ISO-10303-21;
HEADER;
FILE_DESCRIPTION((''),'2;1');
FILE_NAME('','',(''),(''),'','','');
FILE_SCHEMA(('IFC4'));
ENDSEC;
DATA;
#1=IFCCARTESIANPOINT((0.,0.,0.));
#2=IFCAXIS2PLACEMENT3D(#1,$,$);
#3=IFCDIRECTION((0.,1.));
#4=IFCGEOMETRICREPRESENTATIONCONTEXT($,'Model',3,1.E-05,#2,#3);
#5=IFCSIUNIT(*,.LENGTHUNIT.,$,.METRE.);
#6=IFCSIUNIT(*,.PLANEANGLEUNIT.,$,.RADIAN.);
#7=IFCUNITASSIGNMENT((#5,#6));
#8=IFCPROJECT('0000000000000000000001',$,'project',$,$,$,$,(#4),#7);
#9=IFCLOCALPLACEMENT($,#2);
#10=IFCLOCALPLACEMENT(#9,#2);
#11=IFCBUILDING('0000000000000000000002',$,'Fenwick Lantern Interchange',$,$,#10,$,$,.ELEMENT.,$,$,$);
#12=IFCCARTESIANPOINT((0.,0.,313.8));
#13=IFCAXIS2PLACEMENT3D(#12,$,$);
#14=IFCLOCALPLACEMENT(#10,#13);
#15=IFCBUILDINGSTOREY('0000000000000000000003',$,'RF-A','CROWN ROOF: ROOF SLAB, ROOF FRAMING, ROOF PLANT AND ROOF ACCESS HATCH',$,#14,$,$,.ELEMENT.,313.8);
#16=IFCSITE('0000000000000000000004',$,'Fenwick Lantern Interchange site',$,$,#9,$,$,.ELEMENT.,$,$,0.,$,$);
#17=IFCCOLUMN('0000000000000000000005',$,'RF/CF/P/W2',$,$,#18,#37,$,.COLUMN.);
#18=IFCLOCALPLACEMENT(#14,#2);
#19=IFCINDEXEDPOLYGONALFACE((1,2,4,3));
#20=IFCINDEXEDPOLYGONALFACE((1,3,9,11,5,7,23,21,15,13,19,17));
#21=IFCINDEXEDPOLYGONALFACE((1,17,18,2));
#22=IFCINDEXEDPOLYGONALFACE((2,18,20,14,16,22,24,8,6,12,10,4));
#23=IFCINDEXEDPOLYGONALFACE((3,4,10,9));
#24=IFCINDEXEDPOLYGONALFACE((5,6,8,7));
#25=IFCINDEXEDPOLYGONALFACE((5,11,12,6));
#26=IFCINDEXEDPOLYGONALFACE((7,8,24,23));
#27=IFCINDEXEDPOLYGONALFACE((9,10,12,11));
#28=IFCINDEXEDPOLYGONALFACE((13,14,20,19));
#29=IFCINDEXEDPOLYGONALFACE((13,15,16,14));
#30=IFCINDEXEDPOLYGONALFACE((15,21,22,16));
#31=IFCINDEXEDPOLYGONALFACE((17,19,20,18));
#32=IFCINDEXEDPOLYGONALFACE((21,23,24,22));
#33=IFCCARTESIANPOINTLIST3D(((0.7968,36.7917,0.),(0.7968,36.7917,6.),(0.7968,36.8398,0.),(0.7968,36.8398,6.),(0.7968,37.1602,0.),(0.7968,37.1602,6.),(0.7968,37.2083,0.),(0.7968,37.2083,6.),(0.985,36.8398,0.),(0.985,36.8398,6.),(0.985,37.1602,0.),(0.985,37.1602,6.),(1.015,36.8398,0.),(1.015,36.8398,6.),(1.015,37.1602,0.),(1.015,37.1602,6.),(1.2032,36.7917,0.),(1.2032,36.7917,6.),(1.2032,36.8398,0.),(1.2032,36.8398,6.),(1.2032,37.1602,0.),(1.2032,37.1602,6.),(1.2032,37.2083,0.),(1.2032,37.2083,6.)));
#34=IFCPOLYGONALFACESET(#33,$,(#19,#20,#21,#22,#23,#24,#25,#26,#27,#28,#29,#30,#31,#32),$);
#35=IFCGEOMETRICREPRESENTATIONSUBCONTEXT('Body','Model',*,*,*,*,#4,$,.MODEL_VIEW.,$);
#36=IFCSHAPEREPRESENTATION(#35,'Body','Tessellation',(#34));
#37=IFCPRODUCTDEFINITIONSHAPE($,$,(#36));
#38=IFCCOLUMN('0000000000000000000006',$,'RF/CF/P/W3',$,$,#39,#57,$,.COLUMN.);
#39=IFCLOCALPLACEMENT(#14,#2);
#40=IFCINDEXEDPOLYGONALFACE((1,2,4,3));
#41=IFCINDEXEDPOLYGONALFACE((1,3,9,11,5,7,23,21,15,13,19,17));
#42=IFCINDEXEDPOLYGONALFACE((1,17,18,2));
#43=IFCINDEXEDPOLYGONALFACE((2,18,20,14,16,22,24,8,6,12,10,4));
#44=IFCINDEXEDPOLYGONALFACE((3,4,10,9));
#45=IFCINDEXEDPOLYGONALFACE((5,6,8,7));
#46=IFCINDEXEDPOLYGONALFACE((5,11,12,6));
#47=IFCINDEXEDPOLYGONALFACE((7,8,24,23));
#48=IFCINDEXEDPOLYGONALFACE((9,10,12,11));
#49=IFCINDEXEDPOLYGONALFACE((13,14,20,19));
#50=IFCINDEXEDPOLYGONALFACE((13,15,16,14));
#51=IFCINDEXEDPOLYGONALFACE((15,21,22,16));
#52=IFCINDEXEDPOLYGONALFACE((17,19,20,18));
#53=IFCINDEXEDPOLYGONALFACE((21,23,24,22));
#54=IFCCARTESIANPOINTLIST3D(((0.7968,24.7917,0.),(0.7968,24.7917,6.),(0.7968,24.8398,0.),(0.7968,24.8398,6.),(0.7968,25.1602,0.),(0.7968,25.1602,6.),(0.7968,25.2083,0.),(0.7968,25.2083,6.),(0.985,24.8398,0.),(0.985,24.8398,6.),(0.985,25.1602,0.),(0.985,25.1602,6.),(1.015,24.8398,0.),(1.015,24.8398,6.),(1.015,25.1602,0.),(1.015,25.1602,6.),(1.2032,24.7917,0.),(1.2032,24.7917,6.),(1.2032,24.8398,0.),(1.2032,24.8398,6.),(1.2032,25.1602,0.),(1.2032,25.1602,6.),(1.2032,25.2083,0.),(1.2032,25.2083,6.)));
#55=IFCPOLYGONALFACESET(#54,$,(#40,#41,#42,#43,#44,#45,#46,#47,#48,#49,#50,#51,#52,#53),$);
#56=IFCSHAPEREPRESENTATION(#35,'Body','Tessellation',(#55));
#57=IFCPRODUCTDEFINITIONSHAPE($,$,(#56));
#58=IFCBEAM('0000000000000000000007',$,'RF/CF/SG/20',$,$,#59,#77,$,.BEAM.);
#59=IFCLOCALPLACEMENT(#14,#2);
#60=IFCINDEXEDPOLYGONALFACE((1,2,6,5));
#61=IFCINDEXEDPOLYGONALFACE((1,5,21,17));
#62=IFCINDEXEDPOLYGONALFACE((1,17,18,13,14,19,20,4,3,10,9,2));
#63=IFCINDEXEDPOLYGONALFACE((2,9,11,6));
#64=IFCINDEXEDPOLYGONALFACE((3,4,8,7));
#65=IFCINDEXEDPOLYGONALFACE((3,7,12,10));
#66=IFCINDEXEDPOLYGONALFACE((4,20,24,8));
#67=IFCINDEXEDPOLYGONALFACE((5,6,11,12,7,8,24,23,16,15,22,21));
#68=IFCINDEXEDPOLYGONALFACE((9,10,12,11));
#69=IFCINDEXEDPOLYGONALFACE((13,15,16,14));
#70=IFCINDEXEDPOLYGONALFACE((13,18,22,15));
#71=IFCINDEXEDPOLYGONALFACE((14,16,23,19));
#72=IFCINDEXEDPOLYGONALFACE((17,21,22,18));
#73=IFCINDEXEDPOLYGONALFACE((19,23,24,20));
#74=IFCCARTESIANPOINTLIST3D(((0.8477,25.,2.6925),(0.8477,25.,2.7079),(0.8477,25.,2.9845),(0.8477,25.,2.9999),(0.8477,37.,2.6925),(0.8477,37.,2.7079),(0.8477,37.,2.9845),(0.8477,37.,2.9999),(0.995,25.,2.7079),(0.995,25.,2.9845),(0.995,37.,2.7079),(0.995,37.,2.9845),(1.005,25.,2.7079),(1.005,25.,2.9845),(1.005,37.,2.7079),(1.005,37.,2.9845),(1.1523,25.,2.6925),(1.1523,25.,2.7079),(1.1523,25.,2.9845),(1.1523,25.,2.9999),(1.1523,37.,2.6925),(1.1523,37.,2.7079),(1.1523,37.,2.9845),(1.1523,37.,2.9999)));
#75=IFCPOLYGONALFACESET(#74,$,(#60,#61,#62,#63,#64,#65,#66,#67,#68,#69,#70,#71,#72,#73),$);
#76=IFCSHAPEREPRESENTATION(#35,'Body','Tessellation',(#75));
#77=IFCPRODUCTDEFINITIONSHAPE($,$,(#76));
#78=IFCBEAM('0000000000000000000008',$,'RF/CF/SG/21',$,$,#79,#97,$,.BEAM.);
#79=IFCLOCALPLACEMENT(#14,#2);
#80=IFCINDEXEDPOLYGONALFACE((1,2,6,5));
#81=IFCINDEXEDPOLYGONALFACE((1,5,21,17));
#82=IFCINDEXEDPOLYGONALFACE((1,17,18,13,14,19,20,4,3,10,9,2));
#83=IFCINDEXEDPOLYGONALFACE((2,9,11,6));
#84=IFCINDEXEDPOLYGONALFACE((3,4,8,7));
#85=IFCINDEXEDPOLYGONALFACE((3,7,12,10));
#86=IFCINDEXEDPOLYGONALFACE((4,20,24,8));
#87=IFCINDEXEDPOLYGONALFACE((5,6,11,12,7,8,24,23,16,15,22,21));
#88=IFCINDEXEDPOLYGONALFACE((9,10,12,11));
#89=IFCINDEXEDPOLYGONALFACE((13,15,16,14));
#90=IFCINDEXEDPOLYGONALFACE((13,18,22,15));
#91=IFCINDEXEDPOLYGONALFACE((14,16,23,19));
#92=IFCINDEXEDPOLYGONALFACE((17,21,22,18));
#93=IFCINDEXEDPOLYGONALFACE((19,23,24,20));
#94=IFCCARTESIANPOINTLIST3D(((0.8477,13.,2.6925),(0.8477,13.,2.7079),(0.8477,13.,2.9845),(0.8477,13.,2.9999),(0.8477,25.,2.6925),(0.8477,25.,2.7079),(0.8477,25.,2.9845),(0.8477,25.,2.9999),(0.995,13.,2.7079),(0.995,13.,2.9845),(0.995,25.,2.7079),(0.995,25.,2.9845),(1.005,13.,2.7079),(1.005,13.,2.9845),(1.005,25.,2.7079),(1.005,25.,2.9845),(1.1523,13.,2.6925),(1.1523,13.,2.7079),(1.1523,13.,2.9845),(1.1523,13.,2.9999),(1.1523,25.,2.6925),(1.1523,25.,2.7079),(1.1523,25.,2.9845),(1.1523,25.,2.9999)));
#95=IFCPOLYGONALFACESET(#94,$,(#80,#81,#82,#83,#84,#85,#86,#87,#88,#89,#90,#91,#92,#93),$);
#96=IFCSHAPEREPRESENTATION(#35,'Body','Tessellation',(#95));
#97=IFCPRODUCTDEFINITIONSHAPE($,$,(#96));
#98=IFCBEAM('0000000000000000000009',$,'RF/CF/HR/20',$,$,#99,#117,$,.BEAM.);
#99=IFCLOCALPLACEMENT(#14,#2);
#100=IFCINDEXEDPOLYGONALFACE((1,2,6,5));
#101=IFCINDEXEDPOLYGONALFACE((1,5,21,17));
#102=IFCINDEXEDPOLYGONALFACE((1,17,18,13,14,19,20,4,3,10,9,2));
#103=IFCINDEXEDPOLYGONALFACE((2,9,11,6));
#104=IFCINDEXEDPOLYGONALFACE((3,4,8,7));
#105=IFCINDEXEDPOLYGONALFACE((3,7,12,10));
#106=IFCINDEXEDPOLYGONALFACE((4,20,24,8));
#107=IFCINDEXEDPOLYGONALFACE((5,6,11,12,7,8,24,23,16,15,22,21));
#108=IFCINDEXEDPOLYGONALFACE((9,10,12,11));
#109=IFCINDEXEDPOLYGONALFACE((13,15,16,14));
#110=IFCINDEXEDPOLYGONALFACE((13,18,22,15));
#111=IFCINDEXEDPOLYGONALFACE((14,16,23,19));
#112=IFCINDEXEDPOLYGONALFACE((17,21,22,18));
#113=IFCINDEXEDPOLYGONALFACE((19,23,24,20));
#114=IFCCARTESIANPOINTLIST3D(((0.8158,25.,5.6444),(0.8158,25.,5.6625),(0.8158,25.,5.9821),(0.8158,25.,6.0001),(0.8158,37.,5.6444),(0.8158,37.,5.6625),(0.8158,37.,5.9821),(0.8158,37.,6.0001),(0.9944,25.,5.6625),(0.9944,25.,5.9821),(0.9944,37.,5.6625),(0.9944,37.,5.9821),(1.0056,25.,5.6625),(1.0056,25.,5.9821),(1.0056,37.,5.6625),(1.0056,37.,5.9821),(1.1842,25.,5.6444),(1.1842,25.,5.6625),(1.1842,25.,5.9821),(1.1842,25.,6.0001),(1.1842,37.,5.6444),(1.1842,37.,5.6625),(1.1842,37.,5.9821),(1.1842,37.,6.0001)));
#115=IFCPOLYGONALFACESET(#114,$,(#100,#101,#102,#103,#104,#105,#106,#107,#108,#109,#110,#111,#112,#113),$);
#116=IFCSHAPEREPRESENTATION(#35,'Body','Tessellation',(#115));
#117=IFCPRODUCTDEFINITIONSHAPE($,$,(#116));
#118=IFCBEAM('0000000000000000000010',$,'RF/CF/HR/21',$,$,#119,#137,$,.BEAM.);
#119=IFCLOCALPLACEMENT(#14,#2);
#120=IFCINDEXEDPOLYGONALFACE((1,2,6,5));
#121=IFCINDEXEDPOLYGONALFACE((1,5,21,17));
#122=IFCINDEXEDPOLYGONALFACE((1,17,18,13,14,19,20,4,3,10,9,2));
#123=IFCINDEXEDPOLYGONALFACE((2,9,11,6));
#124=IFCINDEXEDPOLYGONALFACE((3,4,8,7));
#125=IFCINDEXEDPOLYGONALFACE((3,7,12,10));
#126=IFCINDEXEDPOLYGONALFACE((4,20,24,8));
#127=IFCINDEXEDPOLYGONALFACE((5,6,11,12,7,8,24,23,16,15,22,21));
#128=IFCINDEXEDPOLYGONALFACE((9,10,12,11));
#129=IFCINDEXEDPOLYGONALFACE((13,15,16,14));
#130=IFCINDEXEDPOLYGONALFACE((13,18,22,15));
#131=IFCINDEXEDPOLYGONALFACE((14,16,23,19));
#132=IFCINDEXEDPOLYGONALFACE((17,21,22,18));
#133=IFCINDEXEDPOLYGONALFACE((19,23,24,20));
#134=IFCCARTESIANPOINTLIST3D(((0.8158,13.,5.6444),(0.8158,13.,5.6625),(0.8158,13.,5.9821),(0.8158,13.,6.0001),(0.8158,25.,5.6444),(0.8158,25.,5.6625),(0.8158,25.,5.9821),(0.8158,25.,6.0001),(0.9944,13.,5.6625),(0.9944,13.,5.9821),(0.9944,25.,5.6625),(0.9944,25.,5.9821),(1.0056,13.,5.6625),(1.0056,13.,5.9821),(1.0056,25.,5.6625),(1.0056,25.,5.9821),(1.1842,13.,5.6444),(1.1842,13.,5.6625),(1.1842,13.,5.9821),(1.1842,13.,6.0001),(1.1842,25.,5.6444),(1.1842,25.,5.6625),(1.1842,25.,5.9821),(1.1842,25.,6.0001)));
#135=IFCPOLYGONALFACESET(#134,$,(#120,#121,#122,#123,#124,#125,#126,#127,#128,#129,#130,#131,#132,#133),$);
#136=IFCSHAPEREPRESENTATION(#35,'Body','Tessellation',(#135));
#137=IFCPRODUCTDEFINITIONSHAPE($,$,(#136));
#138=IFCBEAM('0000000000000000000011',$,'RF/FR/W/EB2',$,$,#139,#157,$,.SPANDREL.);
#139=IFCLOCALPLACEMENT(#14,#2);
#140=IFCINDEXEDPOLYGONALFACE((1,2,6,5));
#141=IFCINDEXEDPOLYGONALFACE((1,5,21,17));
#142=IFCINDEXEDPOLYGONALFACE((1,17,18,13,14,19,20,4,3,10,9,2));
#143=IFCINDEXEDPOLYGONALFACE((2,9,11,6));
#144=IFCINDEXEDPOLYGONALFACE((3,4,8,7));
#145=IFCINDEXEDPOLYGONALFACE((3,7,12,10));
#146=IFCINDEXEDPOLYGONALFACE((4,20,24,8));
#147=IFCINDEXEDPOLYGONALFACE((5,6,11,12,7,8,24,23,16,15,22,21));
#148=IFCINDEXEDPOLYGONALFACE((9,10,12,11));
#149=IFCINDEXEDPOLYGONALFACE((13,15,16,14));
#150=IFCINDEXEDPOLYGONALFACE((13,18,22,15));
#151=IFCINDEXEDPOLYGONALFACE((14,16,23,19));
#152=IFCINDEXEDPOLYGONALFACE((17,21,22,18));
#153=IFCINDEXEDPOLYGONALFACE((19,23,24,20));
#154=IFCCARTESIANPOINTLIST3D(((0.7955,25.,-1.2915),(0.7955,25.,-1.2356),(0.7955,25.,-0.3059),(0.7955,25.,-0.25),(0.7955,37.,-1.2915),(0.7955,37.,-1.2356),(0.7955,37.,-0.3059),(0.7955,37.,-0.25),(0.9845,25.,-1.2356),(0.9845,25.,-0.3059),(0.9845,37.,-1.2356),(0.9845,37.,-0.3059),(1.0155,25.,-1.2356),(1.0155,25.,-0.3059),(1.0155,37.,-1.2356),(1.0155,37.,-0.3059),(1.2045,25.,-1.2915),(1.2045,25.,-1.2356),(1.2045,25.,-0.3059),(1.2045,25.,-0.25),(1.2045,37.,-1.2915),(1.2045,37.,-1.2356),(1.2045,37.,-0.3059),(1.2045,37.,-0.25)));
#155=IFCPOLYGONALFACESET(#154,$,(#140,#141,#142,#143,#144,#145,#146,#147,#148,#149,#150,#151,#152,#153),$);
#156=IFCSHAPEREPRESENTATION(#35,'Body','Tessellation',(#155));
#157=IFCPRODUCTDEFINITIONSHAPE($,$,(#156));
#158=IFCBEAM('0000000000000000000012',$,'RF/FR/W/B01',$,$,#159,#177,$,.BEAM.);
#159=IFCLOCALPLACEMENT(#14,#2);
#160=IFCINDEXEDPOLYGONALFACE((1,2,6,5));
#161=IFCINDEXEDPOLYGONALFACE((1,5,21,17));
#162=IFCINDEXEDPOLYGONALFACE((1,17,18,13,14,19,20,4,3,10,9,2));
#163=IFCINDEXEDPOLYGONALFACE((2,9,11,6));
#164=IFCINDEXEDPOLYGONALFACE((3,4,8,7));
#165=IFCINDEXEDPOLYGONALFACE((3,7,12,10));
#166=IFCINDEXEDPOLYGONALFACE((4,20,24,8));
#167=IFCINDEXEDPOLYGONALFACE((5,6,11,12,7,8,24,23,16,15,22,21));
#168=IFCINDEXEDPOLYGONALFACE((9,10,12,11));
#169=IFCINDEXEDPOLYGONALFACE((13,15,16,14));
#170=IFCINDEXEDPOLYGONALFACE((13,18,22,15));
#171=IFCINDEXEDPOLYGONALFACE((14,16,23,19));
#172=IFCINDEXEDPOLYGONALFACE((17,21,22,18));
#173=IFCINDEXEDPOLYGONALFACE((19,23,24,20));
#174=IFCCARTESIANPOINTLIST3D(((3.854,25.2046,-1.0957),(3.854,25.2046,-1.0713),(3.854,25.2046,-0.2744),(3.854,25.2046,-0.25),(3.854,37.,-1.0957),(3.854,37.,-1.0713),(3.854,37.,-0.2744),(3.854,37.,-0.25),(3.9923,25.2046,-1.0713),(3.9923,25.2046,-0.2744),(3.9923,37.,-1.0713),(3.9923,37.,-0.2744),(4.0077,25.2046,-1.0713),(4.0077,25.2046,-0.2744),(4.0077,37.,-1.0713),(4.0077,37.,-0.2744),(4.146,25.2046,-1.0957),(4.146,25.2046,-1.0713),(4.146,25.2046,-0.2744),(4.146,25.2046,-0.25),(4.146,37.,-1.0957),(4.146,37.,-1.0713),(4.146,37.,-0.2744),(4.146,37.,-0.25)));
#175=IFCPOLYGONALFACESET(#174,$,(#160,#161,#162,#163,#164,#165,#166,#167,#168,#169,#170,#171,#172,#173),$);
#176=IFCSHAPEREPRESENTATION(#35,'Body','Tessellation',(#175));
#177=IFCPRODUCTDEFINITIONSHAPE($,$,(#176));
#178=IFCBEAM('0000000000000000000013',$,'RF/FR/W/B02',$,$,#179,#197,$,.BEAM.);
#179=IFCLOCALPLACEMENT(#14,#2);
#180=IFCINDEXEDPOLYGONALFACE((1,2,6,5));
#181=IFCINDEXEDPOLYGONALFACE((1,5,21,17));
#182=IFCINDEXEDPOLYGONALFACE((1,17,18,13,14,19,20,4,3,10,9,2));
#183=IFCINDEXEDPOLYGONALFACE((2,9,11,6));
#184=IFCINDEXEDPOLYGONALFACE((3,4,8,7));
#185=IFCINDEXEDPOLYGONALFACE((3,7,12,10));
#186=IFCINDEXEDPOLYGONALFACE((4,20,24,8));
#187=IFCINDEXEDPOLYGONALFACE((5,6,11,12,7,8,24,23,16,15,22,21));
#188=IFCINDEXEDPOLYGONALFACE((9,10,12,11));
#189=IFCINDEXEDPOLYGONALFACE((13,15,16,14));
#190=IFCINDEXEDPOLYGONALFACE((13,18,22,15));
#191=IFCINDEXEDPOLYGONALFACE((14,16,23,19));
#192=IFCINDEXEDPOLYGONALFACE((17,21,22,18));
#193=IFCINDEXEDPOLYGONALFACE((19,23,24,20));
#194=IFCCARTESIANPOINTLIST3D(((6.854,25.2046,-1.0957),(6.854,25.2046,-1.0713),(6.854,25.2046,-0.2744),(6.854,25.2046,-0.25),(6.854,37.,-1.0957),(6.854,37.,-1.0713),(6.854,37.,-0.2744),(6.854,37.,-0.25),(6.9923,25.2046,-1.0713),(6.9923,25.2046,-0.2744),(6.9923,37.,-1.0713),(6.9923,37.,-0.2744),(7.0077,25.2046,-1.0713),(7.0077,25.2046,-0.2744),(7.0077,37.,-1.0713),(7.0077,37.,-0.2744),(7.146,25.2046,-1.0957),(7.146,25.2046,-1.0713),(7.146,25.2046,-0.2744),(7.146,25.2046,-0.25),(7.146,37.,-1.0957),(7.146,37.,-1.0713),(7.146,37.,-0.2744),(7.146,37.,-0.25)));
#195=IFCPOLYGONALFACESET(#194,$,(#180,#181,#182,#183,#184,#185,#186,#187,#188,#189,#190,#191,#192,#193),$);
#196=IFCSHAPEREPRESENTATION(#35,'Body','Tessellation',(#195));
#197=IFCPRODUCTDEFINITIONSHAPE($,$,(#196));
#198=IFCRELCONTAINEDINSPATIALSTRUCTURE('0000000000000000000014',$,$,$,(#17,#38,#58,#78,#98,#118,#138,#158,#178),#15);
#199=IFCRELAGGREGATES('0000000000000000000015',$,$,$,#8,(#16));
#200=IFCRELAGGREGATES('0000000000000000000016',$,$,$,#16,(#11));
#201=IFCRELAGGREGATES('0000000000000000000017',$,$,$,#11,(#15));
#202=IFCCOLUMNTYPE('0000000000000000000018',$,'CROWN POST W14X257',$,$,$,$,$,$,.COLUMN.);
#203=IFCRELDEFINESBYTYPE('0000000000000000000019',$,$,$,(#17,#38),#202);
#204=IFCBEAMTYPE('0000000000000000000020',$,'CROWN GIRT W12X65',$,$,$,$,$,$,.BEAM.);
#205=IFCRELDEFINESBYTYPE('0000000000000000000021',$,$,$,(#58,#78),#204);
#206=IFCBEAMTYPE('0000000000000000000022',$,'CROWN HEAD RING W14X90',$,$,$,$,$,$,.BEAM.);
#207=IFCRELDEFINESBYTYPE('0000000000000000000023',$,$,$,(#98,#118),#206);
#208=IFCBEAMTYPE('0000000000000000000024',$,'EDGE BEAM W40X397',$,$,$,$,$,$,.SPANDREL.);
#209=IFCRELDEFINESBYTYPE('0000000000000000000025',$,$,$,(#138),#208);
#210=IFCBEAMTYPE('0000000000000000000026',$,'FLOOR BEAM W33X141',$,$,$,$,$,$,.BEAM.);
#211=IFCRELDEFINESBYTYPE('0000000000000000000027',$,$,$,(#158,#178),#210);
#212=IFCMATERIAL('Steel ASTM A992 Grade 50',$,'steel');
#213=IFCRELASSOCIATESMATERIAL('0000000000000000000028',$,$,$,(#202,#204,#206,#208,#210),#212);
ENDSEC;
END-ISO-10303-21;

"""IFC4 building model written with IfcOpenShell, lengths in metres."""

from ifc_helpers import new_model, si_unit, direction, frame, origin, origin_2d, place, context, subcontext, project, spatial, i_section, extrude, material, material_profile, profile_set, type_object, element, save


model = new_model("IFC4")

# Units and contexts
model_context = context("Model", 3, precision=1e-05, world=origin(), true_north=direction((0.0, 1.0)))
body_context = subcontext(model_context, "Body", "Model", "MODEL_VIEW")
ifc_project = project(units=[si_unit("LENGTHUNIT", "METRE"), si_unit("PLANEANGLEUNIT", "RADIAN")], contexts=[model_context])

# Site, building, storey
site_placement = place(None, origin())
site = spatial("IfcSite", under=ifc_project, at=site_placement, Name="Fenwick Lantern Interchange site", CompositionType="ELEMENT", RefElevation=0.0)
building_placement = place(site_placement, origin())
building = spatial("IfcBuilding", under=site, at=building_placement, Name="Fenwick Lantern Interchange", CompositionType="ELEMENT")
storey_placement = place(building_placement, frame((0.0, 0.0, 313.8)))
storey = spatial("IfcBuildingStorey", under=building, at=storey_placement, Name="RF-A", Description="CROWN ROOF: ROOF SLAB, ROOF FRAMING, ROOF PLANT AND ROOF ACCESS HATCH", CompositionType="ELEMENT", Elevation=313.8)

# Columns
ifc_material_1 = material(Name="Steel ASTM A992 Grade 50", Category="steel")
ifc_material_profile_1 = material_profile(ifc_material_1, i_section(OverallWidth=0.4065, OverallDepth=0.4165, WebThickness=0.03, FlangeThickness=0.0481, at=origin_2d()), Name="W14X257")
ifc_profile_set_1 = profile_set([ifc_material_profile_1], Name="Steel ASTM A992 Grade 50")
column_type = type_object("IfcColumnType", Name="CROWN POST W14X257", PredefinedType="COLUMN", material=ifc_profile_set_1)
for number, where, z_axis, x_axis, name in (
    (1, (1.0, 37.0, 0.0), (0.0, 0.0, 1.0), (1.0, 0.0, 0.0), "RF/CF/P/W2"),
    (2, (1.0, 25.0, 0.0), (0.0, 0.0, 1.0), (1.0, 0.0, 0.0), "RF/CF/P/W3"),
):
    element("IfcColumn", number, at=place(storey_placement, frame(where, z_axis=z_axis, x_axis=x_axis)), inside=storey, type_object=column_type, Name=name, PredefinedType="COLUMN", context=body_context, shape_type="SweptSolid", body=[
        extrude(i_section(OverallWidth=0.4065, OverallDepth=0.4165, WebThickness=0.03, FlangeThickness=0.0481, at=origin_2d()), origin(), (0.0, 0.0, 1.0), 6.0),
    ])

# Beams
ifc_material_profile_2 = material_profile(ifc_material_1, i_section(OverallWidth=0.3047, OverallDepth=0.3074, WebThickness=0.01, FlangeThickness=0.0154, at=origin_2d()), Name="W12X65")
ifc_profile_set_2 = profile_set([ifc_material_profile_2], Name="Steel ASTM A992 Grade 50")
beam_type_1 = type_object("IfcBeamType", Name="CROWN GIRT W12X65", PredefinedType="BEAM", material=ifc_profile_set_2)
for number, where, z_axis, x_axis, name in (
    (3, (1.0, 37.0, 2.8462), (0.0, -1.0, 0.0), (1.0, 0.0, 0.0), "RF/CF/SG/20"),
    (4, (1.0, 25.0, 2.8462), (0.0, -1.0, 0.0), (1.0, 0.0, 0.0), "RF/CF/SG/21"),
):
    element("IfcBeam", number, at=place(storey_placement, frame(where, z_axis=z_axis, x_axis=x_axis)), inside=storey, type_object=beam_type_1, Name=name, PredefinedType="BEAM", context=body_context, shape_type="SweptSolid", body=[
        extrude(i_section(OverallWidth=0.3047, OverallDepth=0.3074, WebThickness=0.01, FlangeThickness=0.0154, at=origin_2d()), origin(), (0.0, 0.0, 1.0), 12.0),
    ])
ifc_material_profile_3 = material_profile(ifc_material_1, i_section(OverallWidth=0.3684, OverallDepth=0.3557, WebThickness=0.0112, FlangeThickness=0.0181, at=origin_2d()), Name="W14X90")
ifc_profile_set_3 = profile_set([ifc_material_profile_3], Name="Steel ASTM A992 Grade 50")
beam_type_2 = type_object("IfcBeamType", Name="CROWN HEAD RING W14X90", PredefinedType="BEAM", material=ifc_profile_set_3)
for number, where, z_axis, x_axis, name in (
    (5, (1.0, 37.0, 5.8223), (0.0, -1.0, 0.0), (1.0, 0.0, 0.0), "RF/CF/HR/20"),
    (6, (1.0, 25.0, 5.8223), (0.0, -1.0, 0.0), (1.0, 0.0, 0.0), "RF/CF/HR/21"),
):
    element("IfcBeam", number, at=place(storey_placement, frame(where, z_axis=z_axis, x_axis=x_axis)), inside=storey, type_object=beam_type_2, Name=name, PredefinedType="BEAM", context=body_context, shape_type="SweptSolid", body=[
        extrude(i_section(OverallWidth=0.3684, OverallDepth=0.3557, WebThickness=0.0112, FlangeThickness=0.0181, at=origin_2d()), origin(), (0.0, 0.0, 1.0), 12.0),
    ])
ifc_material_profile_4 = material_profile(ifc_material_1, i_section(OverallWidth=0.4089, OverallDepth=1.0415, WebThickness=0.031, FlangeThickness=0.0559, at=origin_2d()), Name="W40X397")
ifc_profile_set_4 = profile_set([ifc_material_profile_4], Name="Steel ASTM A992 Grade 50")
beam_type_3 = type_object("IfcBeamType", Name="EDGE BEAM W40X397", PredefinedType="SPANDREL", material=ifc_profile_set_4)
beam_1_placement = place(storey_placement, frame((1.0, 37.0, -0.7708), z_axis=(0.0, -1.0, 0.0), x_axis=(1.0, 0.0, 0.0)))
element("IfcBeam", 7, at=beam_1_placement, inside=storey, type_object=beam_type_3, Name="RF/FR/W/EB2", PredefinedType="SPANDREL", context=body_context, shape_type="SweptSolid", body=[
    extrude(i_section(OverallWidth=0.4089, OverallDepth=1.0415, WebThickness=0.031, FlangeThickness=0.0559, at=origin_2d()), origin(), (0.0, 0.0, 1.0), 12.0),
])
ifc_material_profile_5 = material_profile(ifc_material_1, i_section(OverallWidth=0.292, OverallDepth=0.8457, WebThickness=0.0154, FlangeThickness=0.0244, at=origin_2d()), Name="W33X141")
ifc_profile_set_5 = profile_set([ifc_material_profile_5], Name="Steel ASTM A992 Grade 50")
beam_type_4 = type_object("IfcBeamType", Name="FLOOR BEAM W33X141", PredefinedType="BEAM", material=ifc_profile_set_5)
for number, where, z_axis, x_axis, name in (
    (8, (4.0, 37.0, -0.6729), (0.0, -1.0, 0.0), (1.0, 0.0, 0.0), "RF/FR/W/B01"),
    (9, (7.0, 37.0, -0.6729), (0.0, -1.0, 0.0), (1.0, 0.0, 0.0), "RF/FR/W/B02"),
):
    element("IfcBeam", number, at=place(storey_placement, frame(where, z_axis=z_axis, x_axis=x_axis)), inside=storey, type_object=beam_type_4, Name=name, PredefinedType="BEAM", context=body_context, shape_type="SweptSolid", body=[
        extrude(i_section(OverallWidth=0.292, OverallDepth=0.8457, WebThickness=0.0154, FlangeThickness=0.0244, at=origin_2d()), origin(), (0.0, 0.0, 1.0), 11.7954),
    ])

save(model, "model.ifc")
